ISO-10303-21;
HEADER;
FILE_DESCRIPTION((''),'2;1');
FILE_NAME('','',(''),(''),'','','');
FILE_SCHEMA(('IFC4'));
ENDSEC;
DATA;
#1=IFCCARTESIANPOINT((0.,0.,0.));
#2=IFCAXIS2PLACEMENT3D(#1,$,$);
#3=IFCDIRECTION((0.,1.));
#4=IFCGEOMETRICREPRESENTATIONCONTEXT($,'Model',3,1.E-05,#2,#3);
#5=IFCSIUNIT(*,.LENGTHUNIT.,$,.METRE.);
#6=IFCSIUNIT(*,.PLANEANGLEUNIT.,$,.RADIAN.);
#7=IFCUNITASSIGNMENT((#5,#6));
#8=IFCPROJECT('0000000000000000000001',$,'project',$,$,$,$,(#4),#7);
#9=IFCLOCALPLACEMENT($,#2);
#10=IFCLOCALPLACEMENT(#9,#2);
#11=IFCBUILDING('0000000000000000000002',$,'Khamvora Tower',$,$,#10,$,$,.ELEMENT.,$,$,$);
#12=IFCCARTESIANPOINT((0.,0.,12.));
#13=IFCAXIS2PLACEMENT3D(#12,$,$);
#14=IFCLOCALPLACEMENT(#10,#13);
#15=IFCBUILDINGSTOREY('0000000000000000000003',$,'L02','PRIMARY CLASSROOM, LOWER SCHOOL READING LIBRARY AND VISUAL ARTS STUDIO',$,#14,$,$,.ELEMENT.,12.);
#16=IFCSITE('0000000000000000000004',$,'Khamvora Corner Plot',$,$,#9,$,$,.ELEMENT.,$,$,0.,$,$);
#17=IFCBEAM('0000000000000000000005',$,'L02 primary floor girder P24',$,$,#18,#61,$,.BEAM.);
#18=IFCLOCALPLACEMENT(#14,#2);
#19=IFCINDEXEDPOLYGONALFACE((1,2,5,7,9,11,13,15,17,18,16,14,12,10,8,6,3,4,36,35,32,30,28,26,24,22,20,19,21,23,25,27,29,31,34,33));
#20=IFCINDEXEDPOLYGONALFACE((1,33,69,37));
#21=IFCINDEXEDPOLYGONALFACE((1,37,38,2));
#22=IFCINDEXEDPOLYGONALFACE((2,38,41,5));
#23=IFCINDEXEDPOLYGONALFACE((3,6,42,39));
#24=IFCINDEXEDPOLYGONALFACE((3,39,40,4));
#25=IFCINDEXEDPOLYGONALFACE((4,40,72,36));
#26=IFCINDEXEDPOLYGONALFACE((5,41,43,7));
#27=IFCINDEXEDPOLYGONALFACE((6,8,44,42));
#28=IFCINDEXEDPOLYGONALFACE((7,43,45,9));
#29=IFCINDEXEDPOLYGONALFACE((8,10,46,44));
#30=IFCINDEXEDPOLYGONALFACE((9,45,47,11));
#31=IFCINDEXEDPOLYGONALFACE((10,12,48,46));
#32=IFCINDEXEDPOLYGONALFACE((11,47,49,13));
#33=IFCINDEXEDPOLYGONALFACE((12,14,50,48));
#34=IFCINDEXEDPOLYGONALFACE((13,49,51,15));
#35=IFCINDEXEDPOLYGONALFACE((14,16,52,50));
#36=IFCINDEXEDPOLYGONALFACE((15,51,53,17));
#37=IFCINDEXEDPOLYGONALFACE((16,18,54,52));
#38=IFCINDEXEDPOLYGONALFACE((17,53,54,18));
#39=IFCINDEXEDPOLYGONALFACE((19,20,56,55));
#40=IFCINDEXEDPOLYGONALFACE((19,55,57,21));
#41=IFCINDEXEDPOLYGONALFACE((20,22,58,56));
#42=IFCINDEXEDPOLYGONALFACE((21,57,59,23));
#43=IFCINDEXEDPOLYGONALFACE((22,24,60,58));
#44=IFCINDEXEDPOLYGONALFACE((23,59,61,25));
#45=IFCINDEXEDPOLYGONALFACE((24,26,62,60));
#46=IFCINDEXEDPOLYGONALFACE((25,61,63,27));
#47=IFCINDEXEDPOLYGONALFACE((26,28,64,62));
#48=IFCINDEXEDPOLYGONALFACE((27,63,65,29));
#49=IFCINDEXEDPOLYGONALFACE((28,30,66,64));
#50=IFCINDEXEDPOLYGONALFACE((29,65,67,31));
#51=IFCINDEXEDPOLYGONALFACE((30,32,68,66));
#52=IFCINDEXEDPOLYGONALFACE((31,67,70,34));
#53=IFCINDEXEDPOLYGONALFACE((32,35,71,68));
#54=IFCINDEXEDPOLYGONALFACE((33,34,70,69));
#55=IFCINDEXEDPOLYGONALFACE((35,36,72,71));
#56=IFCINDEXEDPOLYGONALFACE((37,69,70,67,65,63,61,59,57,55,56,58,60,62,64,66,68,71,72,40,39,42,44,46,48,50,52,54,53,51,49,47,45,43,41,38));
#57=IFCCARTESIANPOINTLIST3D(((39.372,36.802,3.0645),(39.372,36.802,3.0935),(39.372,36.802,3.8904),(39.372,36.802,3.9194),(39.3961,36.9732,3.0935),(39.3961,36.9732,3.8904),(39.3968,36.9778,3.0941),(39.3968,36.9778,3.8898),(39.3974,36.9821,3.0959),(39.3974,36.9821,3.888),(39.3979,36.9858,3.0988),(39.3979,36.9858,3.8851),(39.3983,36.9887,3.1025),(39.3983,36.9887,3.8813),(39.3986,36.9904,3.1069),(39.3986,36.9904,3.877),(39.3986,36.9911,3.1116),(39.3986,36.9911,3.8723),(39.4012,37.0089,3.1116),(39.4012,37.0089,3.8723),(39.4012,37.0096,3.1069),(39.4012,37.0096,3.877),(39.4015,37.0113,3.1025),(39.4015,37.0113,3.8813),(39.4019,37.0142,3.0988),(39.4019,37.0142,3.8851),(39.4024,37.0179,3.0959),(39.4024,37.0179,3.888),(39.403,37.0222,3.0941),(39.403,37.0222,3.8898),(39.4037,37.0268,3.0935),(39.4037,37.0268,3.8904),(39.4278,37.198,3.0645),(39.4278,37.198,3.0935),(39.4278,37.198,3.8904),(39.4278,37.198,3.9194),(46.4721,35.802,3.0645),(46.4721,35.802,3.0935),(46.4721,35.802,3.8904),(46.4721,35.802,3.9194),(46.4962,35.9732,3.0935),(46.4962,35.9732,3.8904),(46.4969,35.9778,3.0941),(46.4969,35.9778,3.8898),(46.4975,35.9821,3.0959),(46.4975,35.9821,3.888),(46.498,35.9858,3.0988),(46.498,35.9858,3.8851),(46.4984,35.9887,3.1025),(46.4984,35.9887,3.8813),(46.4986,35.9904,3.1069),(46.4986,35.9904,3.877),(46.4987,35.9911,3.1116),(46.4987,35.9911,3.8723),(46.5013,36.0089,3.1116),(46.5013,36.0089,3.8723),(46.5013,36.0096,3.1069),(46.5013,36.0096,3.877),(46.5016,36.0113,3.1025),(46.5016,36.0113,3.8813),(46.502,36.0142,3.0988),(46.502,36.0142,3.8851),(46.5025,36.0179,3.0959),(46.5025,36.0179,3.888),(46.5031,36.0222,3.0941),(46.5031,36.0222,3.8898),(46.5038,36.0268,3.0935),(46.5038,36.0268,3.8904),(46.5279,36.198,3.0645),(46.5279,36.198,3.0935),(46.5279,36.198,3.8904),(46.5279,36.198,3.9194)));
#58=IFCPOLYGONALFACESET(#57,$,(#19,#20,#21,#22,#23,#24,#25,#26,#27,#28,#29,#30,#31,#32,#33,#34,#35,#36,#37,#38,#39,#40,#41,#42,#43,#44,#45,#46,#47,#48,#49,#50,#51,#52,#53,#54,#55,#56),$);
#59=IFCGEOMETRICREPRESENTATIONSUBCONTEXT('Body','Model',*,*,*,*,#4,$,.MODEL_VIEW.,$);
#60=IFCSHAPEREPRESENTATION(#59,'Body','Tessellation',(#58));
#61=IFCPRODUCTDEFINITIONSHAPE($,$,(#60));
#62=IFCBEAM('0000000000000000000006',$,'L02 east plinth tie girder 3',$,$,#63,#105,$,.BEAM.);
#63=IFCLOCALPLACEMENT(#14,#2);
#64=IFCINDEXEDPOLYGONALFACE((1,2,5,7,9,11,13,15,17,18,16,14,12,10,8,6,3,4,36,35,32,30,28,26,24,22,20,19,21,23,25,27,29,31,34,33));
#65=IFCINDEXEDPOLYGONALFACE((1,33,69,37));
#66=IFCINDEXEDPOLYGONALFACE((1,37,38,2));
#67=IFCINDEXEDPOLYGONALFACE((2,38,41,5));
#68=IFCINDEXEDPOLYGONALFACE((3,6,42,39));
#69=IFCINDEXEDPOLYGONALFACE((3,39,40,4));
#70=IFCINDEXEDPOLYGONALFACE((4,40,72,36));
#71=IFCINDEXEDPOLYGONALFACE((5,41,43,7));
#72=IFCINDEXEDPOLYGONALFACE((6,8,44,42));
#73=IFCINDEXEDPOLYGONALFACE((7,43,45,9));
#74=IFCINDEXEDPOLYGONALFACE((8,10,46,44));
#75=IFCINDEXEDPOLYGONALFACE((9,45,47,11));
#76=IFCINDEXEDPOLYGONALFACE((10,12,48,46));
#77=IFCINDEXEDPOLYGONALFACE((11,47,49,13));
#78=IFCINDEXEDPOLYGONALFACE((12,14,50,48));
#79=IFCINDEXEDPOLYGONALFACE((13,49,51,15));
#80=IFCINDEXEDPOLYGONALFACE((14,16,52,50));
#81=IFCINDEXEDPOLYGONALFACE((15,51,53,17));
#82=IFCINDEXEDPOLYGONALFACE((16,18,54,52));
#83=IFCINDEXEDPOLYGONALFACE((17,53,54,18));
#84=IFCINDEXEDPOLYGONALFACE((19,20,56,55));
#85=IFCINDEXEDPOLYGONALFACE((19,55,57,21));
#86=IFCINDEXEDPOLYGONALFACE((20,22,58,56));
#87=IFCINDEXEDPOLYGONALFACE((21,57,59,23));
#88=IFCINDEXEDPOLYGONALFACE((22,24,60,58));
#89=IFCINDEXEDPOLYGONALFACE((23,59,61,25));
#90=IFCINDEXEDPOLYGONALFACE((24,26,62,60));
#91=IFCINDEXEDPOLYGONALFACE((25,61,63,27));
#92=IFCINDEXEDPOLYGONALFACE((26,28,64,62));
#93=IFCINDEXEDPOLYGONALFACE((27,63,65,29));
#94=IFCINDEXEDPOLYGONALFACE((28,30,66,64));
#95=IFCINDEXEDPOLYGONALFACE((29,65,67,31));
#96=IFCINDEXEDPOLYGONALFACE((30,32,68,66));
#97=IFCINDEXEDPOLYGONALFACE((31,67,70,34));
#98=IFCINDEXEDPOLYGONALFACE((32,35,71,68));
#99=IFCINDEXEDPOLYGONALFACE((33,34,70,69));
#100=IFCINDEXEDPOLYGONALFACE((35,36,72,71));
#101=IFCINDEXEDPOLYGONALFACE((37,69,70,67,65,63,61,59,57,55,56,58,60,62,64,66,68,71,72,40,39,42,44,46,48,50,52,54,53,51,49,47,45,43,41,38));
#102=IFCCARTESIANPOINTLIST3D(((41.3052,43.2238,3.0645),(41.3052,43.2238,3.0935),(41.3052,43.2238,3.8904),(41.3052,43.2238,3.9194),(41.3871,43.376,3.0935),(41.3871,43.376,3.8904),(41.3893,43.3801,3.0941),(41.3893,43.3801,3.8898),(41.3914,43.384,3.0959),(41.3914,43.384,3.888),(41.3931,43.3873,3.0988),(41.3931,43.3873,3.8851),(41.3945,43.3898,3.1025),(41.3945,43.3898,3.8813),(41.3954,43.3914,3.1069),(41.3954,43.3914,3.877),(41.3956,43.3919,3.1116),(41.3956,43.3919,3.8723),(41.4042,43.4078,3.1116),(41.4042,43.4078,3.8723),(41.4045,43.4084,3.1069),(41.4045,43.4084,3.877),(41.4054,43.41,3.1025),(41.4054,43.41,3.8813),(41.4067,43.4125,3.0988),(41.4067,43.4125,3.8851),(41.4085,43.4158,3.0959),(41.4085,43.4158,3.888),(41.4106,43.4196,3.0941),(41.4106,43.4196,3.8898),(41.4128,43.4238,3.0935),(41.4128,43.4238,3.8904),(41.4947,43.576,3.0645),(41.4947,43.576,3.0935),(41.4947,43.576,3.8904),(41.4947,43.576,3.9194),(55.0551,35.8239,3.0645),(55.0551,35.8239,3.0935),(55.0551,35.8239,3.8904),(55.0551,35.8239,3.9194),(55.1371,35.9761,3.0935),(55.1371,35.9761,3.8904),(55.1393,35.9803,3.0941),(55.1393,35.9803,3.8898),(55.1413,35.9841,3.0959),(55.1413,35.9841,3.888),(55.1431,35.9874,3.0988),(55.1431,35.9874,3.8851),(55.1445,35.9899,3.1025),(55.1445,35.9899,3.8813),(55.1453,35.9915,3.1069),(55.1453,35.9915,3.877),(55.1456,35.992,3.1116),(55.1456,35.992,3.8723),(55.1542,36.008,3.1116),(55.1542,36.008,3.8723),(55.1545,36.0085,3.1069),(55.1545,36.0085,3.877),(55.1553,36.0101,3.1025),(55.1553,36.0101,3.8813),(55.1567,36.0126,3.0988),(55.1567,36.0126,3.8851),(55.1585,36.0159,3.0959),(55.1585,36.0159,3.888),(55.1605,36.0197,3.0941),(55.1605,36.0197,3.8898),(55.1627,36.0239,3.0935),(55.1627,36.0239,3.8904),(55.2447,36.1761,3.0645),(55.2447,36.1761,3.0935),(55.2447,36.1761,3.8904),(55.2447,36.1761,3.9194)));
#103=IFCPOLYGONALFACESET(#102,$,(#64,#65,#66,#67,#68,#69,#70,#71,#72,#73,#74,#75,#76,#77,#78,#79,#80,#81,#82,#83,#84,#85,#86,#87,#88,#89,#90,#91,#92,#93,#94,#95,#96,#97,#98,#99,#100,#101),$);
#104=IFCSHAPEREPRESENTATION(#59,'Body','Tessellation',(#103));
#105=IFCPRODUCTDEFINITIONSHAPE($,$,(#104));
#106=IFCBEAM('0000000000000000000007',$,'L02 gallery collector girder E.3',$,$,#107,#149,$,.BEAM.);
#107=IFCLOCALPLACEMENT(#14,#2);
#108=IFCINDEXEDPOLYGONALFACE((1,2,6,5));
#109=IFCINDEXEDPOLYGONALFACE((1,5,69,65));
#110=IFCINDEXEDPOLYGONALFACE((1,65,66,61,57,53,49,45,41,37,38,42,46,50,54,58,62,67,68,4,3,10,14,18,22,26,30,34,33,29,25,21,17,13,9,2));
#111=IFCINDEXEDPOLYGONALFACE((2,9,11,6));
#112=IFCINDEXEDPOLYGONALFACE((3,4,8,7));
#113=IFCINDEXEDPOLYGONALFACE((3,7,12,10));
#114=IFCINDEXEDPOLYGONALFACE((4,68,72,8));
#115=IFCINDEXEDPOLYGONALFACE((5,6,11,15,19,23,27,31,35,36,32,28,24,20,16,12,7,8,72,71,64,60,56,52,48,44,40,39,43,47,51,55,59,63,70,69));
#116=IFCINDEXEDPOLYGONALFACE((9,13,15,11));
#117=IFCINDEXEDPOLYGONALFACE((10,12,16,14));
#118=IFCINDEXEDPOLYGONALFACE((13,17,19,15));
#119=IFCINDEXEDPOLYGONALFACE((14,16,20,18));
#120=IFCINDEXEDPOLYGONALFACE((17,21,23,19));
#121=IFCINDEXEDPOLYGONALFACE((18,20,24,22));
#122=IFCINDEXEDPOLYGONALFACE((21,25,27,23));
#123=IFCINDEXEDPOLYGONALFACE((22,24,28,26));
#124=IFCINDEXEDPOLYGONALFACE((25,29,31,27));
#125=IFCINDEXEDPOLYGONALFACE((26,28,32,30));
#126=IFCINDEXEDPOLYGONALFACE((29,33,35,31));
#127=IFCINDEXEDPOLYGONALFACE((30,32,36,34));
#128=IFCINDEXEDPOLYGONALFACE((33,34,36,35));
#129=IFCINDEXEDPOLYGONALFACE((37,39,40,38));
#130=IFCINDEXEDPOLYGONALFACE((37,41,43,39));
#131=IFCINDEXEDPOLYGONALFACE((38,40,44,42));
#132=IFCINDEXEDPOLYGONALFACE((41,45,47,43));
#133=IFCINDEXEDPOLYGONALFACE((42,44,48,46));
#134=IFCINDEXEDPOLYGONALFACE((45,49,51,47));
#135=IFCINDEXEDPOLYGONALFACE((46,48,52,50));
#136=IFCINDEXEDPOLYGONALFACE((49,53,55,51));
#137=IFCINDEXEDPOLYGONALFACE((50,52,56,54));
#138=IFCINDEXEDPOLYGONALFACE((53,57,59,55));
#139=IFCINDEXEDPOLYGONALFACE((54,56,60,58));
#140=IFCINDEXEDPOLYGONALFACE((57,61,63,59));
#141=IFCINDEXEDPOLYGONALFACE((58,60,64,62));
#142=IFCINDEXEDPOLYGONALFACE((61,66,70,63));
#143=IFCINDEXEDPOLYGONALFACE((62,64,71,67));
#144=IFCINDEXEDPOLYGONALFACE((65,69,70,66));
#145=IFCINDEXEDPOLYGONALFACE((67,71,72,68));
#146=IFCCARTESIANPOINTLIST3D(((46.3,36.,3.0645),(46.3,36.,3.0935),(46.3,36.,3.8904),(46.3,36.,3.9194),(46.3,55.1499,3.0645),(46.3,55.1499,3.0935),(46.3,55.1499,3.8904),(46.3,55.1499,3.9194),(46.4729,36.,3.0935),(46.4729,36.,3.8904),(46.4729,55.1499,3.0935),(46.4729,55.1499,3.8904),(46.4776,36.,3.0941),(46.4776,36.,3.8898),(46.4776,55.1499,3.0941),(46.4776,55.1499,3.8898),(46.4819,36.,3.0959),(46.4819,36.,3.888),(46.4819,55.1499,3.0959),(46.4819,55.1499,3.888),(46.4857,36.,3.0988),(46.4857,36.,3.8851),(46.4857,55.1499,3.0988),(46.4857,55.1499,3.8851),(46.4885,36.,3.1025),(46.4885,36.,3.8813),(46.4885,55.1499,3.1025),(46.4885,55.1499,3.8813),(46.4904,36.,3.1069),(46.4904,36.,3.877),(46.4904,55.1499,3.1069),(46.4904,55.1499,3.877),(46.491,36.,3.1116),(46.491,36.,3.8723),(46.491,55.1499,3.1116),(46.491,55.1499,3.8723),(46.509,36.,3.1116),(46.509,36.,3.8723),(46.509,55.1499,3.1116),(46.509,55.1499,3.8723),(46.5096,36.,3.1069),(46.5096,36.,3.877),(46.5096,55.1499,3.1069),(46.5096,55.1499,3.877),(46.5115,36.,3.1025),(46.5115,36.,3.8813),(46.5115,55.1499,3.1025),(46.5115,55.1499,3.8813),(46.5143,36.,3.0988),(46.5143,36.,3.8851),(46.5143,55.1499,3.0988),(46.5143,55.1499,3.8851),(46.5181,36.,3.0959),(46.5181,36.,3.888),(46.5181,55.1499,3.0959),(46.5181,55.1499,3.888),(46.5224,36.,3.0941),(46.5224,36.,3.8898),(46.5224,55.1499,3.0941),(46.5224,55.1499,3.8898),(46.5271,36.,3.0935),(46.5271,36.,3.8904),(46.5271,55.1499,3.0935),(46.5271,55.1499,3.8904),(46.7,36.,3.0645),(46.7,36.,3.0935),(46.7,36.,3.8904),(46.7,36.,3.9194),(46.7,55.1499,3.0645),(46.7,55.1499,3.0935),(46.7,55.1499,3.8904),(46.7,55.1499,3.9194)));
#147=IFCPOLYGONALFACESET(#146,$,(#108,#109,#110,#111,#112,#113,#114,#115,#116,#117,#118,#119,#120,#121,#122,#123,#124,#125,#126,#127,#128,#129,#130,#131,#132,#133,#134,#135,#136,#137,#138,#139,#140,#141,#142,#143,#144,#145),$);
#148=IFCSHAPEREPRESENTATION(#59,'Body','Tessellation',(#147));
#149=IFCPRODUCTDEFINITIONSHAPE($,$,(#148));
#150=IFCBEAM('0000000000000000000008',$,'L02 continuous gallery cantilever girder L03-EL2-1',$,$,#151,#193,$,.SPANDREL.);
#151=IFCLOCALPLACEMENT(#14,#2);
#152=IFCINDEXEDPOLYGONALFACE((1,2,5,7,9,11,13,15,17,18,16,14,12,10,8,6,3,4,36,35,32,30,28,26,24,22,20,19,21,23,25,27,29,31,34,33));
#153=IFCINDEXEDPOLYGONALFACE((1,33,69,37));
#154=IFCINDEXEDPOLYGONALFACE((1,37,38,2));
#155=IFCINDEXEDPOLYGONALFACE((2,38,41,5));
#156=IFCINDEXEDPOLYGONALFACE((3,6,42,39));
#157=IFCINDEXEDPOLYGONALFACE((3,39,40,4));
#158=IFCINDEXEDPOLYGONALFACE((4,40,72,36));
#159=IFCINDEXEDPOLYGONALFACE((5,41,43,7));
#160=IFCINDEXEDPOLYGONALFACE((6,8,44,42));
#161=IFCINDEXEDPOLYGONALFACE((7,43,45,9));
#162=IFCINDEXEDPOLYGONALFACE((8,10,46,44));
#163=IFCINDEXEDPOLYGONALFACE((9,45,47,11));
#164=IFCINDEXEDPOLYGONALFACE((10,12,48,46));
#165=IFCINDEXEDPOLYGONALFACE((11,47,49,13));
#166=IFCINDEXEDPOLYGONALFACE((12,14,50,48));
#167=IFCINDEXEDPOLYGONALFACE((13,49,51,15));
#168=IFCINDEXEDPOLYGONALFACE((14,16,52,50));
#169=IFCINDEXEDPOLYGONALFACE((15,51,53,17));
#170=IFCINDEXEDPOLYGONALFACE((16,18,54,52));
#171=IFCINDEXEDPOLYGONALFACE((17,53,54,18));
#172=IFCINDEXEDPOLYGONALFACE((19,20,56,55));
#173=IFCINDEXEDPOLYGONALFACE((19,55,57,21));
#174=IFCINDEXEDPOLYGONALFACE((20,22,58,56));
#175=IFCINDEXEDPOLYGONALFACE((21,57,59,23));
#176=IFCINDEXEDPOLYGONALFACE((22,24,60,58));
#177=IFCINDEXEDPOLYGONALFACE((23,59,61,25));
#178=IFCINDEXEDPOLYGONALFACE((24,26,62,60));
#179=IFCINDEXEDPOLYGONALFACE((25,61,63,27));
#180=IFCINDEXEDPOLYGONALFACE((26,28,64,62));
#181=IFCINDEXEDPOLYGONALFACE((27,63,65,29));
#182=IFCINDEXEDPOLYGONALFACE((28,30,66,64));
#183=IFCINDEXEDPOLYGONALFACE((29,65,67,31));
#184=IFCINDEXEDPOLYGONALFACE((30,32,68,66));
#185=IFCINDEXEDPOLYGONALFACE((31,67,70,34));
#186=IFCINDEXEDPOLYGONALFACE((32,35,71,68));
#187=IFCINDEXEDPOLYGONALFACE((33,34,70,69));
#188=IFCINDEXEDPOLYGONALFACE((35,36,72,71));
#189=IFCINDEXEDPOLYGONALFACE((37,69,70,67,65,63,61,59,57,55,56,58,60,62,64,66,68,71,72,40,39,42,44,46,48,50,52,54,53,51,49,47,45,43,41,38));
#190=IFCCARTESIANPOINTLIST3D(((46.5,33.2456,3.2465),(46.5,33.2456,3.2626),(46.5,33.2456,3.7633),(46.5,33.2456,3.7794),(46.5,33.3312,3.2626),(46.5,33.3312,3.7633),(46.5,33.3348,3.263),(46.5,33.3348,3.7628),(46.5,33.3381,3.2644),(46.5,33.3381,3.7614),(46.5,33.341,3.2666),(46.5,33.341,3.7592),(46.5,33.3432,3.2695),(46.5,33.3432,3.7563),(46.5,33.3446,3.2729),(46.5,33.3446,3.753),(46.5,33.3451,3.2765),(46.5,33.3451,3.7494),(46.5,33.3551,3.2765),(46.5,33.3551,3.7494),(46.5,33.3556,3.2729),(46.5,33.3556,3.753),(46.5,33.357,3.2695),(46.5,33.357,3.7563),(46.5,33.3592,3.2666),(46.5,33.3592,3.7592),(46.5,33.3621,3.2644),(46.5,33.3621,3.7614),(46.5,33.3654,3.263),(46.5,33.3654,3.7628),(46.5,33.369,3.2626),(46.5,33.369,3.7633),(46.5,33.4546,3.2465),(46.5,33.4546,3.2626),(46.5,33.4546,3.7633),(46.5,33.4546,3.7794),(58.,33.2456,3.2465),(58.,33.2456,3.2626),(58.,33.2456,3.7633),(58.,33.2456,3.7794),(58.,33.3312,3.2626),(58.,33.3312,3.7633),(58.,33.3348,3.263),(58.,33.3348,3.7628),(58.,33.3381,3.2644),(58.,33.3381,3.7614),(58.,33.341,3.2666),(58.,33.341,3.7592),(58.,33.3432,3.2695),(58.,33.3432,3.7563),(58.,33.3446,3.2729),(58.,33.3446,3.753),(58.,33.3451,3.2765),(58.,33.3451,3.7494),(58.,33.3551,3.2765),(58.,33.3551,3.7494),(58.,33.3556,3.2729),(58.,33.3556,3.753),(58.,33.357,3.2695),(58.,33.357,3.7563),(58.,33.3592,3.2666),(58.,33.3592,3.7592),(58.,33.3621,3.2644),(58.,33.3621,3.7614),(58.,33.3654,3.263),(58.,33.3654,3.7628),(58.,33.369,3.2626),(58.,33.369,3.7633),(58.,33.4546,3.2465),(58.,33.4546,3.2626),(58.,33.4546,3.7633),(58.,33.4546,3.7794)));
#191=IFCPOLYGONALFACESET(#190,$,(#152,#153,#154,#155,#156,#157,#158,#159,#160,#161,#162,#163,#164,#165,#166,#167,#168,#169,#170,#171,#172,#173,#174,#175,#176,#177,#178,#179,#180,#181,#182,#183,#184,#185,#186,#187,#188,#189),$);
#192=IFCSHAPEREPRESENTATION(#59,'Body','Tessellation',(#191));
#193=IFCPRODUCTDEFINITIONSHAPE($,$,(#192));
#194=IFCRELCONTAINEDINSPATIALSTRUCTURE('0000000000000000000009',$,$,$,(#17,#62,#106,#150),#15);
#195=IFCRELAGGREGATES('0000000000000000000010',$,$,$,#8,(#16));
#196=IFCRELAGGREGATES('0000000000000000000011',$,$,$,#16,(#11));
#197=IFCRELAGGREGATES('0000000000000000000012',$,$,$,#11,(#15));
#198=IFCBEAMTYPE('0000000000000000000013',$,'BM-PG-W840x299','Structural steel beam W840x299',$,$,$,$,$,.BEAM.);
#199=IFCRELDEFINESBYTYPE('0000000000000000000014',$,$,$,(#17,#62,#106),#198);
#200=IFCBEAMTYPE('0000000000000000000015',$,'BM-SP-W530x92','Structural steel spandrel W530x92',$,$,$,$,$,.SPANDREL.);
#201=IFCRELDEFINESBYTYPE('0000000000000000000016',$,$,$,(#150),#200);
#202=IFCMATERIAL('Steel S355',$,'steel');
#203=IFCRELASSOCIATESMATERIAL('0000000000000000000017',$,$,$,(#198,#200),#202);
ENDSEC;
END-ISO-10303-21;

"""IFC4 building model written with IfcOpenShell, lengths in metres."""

from ifc_helpers import new_model, si_unit, direction, frame, origin, origin_2d, place, context, subcontext, project, spatial, i_section, extrude, material, material_profile, profile_set, type_object, element, save


model = new_model("IFC4")

# Units and contexts
model_context = context("Model", 3, precision=1e-05, world=origin(), true_north=direction((0.0, 1.0)))
body_context = subcontext(model_context, "Body", "Model", "MODEL_VIEW")
ifc_project = project(units=[si_unit("LENGTHUNIT", "METRE"), si_unit("PLANEANGLEUNIT", "RADIAN")], contexts=[model_context])

# Site, building, storey
site_placement = place(None, origin())
site = spatial("IfcSite", under=ifc_project, at=site_placement, Name="Khamvora Corner Plot", CompositionType="ELEMENT", RefElevation=0.0)
building_placement = place(site_placement, origin())
building = spatial("IfcBuilding", under=site, at=building_placement, Name="Khamvora Tower", CompositionType="ELEMENT")
storey_placement = place(building_placement, frame((0.0, 0.0, 12.0)))
storey = spatial("IfcBuildingStorey", under=building, at=storey_placement, Name="L02", Description="PRIMARY CLASSROOM, LOWER SCHOOL READING LIBRARY AND VISUAL ARTS STUDIO", CompositionType="ELEMENT", Elevation=12.0)

# Beams
ifc_material_1 = material(Name="Steel S355", Category="steel")
ifc_material_profile_1 = material_profile(ifc_material_1, i_section(OverallWidth=0.3999, OverallDepth=0.855, WebThickness=0.0181, FlangeThickness=0.0291, FilletRadius=0.0181, at=origin_2d()), Name="W840x299")
ifc_profile_set_1 = profile_set([ifc_material_profile_1], Name="Steel S355")
beam_type_1 = type_object("IfcBeamType", Name="BM-PG-W840x299", Description="Structural steel beam W840x299", PredefinedType="BEAM", material=ifc_profile_set_1)
beam_1_placement = place(storey_placement, frame((39.3999, 37.0, 3.4919), z_axis=(0.990227, -0.139467, 0.0), x_axis=(0.139467, 0.990227, 0.0)))
element("IfcBeam", 1, at=beam_1_placement, inside=storey, type_object=beam_type_1, Name="L02 primary floor girder P24", PredefinedType="BEAM", context=body_context, shape_type="SweptSolid", body=[
    extrude(i_section(OverallWidth=0.3999, OverallDepth=0.855, WebThickness=0.0181, FlangeThickness=0.0291, FilletRadius=0.0181, at=origin_2d()), origin(), (0.0, 0.0, 1.0), 7.1702),
])
beam_2_placement = place(storey_placement, frame((55.1499, 36.0, 3.4919), z_axis=(-0.880577, 0.473904, 0.0), x_axis=(-0.473904, -0.880577, 0.0)))
element("IfcBeam", 2, at=beam_2_placement, inside=storey, type_object=beam_type_1, Name="L02 east plinth tie girder 3", PredefinedType="BEAM", context=body_context, shape_type="SweptSolid", body=[
    extrude(i_section(OverallWidth=0.3999, OverallDepth=0.855, WebThickness=0.0181, FlangeThickness=0.0291, FilletRadius=0.0181, at=origin_2d()), origin(), (0.0, 0.0, 1.0), 15.6147),
])
beam_3_placement = place(storey_placement, frame((46.5, 36.0, 3.4919), z_axis=(0.0, 1.0, 0.0), x_axis=(-1.0, 0.0, 0.0)))
element("IfcBeam", 3, at=beam_3_placement, inside=storey, type_object=beam_type_1, Name="L02 gallery collector girder E.3", PredefinedType="BEAM", context=body_context, shape_type="SweptSolid", body=[
    extrude(i_section(OverallWidth=0.3999, OverallDepth=0.855, WebThickness=0.0181, FlangeThickness=0.0291, FilletRadius=0.0181, at=origin_2d()), origin(), (0.0, 0.0, 1.0), 19.1499),
])
ifc_material_profile_2 = material_profile(ifc_material_1, i_section(OverallWidth=0.209, OverallDepth=0.533, WebThickness=0.01, FlangeThickness=0.0161, FilletRadius=0.0139, at=origin_2d()), Name="W530x92")
ifc_profile_set_2 = profile_set([ifc_material_profile_2], Name="Steel S355")
beam_type_2 = type_object("IfcBeamType", Name="BM-SP-W530x92", Description="Structural steel spandrel W530x92", PredefinedType="SPANDREL", material=ifc_profile_set_2)
beam_4_placement = place(storey_placement, frame((46.5, 33.3501, 3.5129), z_axis=(1.0, 0.0, 0.0), x_axis=(0.0, 1.0, 0.0)))
element("IfcBeam", 4, at=beam_4_placement, inside=storey, type_object=beam_type_2, Name="L02 continuous gallery cantilever girder L03-EL2-1", PredefinedType="SPANDREL", context=body_context, shape_type="SweptSolid", body=[
    extrude(i_section(OverallWidth=0.209, OverallDepth=0.533, WebThickness=0.01, FlangeThickness=0.0161, FilletRadius=0.0139, at=origin_2d()), origin(), (0.0, 0.0, 1.0), 11.5),
])

save(model, "model.ifc")
